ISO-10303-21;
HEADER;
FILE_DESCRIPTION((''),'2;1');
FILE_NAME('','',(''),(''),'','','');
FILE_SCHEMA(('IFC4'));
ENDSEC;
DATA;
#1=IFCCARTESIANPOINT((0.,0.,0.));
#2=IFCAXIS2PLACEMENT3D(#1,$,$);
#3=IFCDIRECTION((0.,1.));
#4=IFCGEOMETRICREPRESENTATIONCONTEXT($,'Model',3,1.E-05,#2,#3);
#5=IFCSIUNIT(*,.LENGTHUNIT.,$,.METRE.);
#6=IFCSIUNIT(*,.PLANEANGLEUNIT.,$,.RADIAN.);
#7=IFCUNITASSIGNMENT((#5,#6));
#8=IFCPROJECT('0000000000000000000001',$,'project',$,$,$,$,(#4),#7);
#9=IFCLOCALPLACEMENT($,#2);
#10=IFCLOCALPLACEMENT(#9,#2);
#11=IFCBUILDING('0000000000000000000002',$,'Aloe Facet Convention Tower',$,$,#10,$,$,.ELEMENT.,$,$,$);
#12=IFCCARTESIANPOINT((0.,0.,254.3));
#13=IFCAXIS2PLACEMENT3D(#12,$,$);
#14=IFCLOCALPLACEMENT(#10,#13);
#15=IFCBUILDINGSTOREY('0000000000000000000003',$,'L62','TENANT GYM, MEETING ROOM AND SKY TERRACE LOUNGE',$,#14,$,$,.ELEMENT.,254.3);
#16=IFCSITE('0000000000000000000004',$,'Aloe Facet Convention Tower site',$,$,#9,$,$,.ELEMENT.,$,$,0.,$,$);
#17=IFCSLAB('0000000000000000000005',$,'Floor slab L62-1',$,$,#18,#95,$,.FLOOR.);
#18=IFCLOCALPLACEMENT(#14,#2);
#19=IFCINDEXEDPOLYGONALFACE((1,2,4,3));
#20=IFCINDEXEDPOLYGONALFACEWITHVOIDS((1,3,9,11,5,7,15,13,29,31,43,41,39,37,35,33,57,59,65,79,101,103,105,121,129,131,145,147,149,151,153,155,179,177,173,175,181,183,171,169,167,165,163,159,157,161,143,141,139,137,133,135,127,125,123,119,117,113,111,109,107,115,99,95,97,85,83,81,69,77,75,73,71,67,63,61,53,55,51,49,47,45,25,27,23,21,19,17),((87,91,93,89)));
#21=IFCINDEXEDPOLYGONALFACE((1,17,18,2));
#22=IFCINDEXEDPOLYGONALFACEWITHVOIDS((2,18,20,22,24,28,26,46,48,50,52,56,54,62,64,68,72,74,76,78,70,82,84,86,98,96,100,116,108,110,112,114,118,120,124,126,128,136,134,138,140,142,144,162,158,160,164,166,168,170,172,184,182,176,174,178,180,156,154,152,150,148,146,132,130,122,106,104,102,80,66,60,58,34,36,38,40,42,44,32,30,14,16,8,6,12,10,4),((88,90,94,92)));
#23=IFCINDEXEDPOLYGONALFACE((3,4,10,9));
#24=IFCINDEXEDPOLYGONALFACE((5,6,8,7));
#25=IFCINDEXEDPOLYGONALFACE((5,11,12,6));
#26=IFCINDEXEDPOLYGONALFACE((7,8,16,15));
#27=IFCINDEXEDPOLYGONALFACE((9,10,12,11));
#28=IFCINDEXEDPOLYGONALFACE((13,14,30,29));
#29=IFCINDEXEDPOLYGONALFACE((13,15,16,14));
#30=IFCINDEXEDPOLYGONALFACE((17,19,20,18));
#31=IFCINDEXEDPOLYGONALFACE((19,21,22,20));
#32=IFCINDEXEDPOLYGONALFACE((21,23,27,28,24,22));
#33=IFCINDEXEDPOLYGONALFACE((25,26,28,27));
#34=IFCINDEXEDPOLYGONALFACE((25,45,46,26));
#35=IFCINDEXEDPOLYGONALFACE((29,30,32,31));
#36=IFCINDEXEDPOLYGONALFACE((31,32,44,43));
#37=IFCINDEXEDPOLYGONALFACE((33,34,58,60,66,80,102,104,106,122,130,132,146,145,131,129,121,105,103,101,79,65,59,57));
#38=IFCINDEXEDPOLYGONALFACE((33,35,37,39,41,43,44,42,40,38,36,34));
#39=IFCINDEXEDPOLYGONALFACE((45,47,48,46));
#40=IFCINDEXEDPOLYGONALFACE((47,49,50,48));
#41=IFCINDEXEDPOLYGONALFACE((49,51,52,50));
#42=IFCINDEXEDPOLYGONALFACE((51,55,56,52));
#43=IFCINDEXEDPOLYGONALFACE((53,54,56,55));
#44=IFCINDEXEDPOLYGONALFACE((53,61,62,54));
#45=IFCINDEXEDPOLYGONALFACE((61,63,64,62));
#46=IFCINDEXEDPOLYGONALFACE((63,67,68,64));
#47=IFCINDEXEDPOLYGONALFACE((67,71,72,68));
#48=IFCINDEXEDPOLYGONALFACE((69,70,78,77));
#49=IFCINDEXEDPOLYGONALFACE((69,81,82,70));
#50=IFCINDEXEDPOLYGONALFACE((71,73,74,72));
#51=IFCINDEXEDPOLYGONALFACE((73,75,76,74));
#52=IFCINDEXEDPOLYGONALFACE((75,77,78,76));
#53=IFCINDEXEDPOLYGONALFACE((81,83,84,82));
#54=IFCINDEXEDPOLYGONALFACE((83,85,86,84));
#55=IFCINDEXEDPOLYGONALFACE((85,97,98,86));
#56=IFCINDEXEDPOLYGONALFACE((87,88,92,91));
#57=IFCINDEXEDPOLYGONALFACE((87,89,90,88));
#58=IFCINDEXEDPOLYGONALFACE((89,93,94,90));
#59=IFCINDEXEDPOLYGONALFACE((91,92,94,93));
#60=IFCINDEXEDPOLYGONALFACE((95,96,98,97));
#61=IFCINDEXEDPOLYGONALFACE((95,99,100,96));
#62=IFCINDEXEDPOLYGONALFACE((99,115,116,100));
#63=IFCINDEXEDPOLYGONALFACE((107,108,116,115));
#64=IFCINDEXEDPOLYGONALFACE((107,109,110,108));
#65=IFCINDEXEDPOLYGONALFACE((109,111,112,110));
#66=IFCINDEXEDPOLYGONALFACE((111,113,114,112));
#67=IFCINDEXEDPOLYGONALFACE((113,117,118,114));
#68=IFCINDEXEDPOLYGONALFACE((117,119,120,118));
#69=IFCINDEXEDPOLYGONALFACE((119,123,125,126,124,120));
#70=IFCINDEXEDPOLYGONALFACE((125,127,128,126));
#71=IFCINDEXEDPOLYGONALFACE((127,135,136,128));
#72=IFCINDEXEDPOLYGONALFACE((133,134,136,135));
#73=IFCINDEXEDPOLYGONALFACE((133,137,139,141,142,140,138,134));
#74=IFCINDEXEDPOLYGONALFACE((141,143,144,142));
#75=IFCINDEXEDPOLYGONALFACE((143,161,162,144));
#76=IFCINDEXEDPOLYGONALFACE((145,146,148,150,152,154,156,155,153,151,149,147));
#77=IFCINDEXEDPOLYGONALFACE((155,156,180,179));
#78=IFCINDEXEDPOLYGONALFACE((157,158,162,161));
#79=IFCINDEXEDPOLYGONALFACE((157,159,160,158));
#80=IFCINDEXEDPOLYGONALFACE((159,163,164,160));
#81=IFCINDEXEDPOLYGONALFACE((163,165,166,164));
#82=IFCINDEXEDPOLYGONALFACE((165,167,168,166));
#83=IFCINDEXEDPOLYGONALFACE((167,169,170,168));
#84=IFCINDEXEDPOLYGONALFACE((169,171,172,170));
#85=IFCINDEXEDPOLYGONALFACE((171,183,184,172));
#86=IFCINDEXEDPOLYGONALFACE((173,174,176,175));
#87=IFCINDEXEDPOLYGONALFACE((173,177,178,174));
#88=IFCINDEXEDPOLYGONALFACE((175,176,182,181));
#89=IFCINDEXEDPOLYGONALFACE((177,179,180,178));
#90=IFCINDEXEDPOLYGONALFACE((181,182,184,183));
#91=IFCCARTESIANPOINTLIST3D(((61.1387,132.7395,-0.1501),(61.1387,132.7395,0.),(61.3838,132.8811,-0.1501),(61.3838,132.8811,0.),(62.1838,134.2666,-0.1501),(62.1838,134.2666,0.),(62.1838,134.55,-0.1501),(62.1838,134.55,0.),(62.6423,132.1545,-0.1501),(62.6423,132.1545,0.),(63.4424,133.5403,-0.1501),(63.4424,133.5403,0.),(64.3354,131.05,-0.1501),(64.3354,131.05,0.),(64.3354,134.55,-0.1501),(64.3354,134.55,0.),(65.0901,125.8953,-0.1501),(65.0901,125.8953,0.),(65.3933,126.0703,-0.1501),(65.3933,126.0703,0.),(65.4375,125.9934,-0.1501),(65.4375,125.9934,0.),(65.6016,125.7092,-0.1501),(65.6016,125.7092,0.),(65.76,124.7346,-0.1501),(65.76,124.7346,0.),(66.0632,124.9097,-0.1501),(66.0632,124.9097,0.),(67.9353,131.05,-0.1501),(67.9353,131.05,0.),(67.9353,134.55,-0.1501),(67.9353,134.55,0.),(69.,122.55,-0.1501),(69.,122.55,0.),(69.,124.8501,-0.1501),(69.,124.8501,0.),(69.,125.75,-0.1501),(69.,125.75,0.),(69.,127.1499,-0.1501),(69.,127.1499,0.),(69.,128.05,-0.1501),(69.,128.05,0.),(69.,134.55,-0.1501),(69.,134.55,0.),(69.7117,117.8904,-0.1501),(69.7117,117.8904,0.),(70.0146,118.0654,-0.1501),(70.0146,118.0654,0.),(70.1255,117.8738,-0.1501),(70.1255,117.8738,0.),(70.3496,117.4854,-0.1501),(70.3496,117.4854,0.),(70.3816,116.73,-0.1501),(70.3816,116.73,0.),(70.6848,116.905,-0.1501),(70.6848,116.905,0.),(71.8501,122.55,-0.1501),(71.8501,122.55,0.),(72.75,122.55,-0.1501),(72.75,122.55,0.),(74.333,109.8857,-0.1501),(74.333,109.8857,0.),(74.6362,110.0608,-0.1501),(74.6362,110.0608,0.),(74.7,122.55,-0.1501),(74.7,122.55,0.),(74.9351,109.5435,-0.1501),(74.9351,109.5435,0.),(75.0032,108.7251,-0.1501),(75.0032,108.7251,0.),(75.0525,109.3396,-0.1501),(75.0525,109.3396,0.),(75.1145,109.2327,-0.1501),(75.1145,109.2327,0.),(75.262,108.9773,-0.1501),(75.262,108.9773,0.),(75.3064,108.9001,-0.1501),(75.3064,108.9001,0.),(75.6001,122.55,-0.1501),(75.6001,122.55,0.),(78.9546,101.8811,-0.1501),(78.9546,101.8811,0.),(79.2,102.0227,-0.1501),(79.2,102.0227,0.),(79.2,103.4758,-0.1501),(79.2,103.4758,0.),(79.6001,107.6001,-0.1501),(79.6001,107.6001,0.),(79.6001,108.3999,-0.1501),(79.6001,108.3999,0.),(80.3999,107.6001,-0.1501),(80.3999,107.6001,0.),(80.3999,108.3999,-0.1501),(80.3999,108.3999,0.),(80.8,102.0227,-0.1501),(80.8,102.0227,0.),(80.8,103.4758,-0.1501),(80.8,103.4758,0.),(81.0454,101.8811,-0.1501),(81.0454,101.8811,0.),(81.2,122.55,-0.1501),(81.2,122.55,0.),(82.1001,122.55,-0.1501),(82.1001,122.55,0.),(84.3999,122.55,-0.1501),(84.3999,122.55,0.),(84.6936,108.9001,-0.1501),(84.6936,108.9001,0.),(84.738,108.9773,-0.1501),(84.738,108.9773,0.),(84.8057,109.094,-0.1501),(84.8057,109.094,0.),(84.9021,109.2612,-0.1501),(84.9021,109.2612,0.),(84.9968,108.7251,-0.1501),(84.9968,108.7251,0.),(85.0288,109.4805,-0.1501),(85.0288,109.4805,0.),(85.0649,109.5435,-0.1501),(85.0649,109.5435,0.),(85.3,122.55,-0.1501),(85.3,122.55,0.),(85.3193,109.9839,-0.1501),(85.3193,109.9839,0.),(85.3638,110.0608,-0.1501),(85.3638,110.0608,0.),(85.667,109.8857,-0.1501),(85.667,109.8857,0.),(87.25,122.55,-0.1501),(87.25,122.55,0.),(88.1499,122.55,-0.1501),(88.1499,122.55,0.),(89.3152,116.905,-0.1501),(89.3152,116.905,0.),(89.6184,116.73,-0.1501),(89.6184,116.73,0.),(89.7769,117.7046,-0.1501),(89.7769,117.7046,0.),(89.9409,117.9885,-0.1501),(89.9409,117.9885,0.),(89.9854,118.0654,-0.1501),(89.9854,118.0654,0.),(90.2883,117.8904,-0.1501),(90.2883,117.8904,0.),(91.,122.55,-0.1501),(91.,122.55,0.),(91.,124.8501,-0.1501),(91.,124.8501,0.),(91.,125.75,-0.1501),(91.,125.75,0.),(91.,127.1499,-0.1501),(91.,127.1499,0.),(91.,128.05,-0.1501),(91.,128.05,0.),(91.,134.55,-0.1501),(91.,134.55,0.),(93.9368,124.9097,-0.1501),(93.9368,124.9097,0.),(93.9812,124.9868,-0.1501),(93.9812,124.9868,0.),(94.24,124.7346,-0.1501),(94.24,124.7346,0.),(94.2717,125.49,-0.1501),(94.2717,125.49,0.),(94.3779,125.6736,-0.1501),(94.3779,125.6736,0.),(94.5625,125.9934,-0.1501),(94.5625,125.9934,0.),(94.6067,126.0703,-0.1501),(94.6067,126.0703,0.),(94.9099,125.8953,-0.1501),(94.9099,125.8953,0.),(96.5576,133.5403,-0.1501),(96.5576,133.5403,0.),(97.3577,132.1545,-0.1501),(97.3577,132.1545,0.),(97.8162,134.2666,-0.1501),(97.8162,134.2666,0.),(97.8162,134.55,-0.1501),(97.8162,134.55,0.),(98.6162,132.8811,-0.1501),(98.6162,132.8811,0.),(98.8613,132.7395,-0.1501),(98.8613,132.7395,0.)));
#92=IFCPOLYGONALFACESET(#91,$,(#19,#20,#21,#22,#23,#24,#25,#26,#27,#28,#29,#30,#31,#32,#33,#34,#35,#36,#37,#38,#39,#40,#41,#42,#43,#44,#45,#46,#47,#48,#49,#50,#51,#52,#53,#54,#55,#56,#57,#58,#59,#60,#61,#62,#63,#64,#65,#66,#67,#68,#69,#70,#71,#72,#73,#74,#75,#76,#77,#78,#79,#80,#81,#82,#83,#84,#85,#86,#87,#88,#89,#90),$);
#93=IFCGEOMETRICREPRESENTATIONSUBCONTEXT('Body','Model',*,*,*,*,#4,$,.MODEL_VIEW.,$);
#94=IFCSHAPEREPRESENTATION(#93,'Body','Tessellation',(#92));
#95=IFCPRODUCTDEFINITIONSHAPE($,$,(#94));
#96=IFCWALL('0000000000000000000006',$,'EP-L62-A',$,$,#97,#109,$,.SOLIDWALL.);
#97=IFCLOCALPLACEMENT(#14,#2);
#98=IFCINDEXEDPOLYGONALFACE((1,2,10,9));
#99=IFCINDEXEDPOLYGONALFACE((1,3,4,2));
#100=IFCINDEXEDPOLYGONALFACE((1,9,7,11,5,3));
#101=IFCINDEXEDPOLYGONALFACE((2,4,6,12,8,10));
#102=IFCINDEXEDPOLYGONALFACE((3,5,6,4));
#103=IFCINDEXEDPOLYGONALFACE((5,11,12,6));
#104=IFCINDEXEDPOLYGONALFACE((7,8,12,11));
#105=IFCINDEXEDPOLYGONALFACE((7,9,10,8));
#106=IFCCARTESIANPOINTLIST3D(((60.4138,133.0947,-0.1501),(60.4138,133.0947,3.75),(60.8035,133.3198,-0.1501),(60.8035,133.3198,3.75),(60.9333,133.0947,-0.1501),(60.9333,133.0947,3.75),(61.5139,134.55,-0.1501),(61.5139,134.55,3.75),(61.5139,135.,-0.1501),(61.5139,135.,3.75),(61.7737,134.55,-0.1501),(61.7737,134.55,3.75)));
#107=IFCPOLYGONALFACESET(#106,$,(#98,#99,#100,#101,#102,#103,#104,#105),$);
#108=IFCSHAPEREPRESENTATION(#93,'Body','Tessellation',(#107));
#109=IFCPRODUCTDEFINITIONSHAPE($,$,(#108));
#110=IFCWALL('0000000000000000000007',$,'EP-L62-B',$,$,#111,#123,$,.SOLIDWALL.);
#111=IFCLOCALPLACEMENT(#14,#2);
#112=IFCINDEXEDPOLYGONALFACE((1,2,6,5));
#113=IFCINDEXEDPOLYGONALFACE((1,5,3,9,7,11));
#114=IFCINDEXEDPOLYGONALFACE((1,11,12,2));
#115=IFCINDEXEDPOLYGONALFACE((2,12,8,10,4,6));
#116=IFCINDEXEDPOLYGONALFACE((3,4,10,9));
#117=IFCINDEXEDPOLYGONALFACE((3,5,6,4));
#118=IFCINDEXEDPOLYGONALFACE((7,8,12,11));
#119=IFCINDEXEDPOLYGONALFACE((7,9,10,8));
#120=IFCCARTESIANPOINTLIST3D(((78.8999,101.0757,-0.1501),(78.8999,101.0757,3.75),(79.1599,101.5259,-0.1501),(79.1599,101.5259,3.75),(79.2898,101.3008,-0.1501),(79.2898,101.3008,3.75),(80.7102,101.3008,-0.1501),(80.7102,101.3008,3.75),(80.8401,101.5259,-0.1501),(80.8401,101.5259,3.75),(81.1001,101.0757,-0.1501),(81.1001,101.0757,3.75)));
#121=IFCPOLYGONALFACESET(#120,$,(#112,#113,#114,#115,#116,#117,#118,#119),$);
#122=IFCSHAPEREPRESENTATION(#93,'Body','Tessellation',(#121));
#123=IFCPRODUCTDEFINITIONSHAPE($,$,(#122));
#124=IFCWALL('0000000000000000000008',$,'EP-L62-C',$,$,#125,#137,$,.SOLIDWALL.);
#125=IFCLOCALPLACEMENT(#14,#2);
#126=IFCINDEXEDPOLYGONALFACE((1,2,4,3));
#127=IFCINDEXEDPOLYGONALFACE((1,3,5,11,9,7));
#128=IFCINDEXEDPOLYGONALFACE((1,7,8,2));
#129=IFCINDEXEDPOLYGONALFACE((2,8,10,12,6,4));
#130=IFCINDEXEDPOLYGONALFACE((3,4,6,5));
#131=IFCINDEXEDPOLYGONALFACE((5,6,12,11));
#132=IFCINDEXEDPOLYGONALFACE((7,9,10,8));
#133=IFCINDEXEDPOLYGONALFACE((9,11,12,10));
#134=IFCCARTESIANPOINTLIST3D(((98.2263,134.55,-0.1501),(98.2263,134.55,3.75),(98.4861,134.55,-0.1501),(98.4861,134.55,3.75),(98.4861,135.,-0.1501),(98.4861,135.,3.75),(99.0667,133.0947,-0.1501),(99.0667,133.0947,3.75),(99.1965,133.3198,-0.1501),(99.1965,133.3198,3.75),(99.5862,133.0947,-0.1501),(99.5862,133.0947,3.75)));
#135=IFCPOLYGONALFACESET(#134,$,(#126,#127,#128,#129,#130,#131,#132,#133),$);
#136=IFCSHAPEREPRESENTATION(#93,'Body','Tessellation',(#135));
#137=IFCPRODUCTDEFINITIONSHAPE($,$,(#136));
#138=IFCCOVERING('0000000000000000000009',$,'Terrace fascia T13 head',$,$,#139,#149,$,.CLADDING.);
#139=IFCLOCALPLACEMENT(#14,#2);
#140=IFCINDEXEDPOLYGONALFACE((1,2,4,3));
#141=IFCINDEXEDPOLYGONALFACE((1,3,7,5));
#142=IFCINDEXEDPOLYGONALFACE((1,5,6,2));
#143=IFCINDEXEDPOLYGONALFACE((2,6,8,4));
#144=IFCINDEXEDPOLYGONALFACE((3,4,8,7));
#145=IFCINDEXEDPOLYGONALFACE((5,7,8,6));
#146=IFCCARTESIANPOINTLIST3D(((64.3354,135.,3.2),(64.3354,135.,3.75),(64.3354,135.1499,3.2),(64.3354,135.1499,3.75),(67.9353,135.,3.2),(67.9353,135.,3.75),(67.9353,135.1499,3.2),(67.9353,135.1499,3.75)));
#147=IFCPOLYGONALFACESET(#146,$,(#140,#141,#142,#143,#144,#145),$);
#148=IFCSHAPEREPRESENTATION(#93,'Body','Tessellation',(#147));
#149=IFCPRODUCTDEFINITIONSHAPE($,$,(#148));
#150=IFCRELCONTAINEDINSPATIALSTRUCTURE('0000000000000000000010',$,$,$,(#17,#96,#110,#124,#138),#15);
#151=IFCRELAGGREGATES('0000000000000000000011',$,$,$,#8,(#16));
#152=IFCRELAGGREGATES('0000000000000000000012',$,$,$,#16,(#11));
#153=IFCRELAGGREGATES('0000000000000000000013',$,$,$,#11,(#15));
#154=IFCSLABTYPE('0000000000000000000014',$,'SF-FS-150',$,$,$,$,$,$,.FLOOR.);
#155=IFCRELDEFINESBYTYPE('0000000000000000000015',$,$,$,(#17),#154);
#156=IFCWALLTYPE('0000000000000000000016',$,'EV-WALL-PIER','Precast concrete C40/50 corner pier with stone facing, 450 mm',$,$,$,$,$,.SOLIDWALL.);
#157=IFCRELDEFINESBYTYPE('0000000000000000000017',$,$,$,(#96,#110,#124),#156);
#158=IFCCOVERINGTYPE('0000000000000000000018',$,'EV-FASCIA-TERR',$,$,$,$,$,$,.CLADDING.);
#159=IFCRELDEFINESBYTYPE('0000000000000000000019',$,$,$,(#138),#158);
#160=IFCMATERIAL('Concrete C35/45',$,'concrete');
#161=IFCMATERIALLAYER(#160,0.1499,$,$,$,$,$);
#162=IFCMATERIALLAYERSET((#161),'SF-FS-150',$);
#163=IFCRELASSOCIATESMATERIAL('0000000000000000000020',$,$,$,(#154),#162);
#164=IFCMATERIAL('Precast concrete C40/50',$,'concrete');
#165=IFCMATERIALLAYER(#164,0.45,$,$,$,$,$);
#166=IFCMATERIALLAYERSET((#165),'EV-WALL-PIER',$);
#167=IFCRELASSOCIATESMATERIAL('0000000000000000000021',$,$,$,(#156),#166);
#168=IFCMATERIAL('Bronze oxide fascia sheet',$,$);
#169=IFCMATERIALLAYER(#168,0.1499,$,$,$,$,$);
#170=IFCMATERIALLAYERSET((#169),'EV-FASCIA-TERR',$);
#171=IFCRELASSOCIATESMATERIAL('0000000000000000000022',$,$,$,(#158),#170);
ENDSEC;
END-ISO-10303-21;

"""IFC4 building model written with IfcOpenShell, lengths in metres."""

from ifc_helpers import new_model, si_unit, direction, frame, origin, place, context, subcontext, project, spatial, polyline, outline, extrude, material, layer, layer_set, type_object, element, save


model = new_model("IFC4")

# Units and contexts
model_context = context("Model", 3, precision=1e-05, world=origin(), true_north=direction((0.0, 1.0)))
body_context = subcontext(model_context, "Body", "Model", "MODEL_VIEW")
ifc_project = project(units=[si_unit("LENGTHUNIT", "METRE"), si_unit("PLANEANGLEUNIT", "RADIAN")], contexts=[model_context])

# Site, building, storey
site_placement = place(None, origin())
site = spatial("IfcSite", under=ifc_project, at=site_placement, Name="Aloe Facet Convention Tower site", CompositionType="ELEMENT", RefElevation=0.0)
building_placement = place(site_placement, origin())
building = spatial("IfcBuilding", under=site, at=building_placement, Name="Aloe Facet Convention Tower", CompositionType="ELEMENT")
storey_placement = place(building_placement, frame((0.0, 0.0, 254.3)))
storey = spatial("IfcBuildingStorey", under=building, at=storey_placement, Name="L62", Description="TENANT GYM, MEETING ROOM AND SKY TERRACE LOUNGE", CompositionType="ELEMENT", Elevation=254.3)

# Slab
ifc_material_1 = material(Name="Concrete C35/45", Category="concrete")
ifc_layer_1 = layer(ifc_material_1, 0.1499)
ifc_layer_set_1 = layer_set([ifc_layer_1], Name="SF-FS-150")
slab_type_1 = type_object("IfcSlabType", Name="SF-FS-150", PredefinedType="FLOOR", material=ifc_layer_set_1)
slab_1_placement = place(storey_placement, frame((0.0, 0.0, -0.1501)))
element("IfcSlab", 1, at=slab_1_placement, inside=storey, type_object=slab_type_1, Name="Floor slab L62-1", PredefinedType="FLOOR", context=body_context, shape_type="SweptSolid", body=[
    extrude(outline(polyline([(94.9099, 125.8953), (94.6067, 126.0703), (94.5625, 125.9934), (94.3779, 125.6736), (94.2717, 125.49), (93.9812, 124.9868), (93.9368, 124.9097), (94.24, 124.7346), (90.2883, 117.8904), (89.9854, 118.0654), (89.9409, 117.9885), (89.7769, 117.7046), (89.3152, 116.905), (89.6184, 116.73), (85.667, 109.8857), (85.3638, 110.0608), (85.3193, 109.9839), (85.0649, 109.5435), (85.0288, 109.4805), (84.9021, 109.2612), (84.8057, 109.094), (84.738, 108.9773), (84.6936, 108.9001), (84.9968, 108.7251), (81.0454, 101.8811), (80.8, 102.0227), (80.8, 103.4758), (79.2, 103.4758), (79.2, 102.0227), (78.9546, 101.8811), (75.0032, 108.7251), (75.3064, 108.9001), (75.262, 108.9773), (75.1145, 109.2327), (75.0525, 109.3396), (74.9351, 109.5435), (74.6362, 110.0608), (74.333, 109.8857), (70.3816, 116.73), (70.6848, 116.905), (70.3496, 117.4854), (70.1255, 117.8738), (70.0146, 118.0654), (69.7117, 117.8904), (65.76, 124.7346), (66.0632, 124.9097), (65.6016, 125.7092), (65.4375, 125.9934), (65.4375, 125.9934), (65.3933, 126.0703), (65.0901, 125.8953), (61.1387, 132.7395), (61.3838, 132.8811), (62.6423, 132.1545), (63.4424, 133.5403), (62.1838, 134.2666), (62.1838, 134.55), (64.3354, 134.55), (64.3354, 131.05), (67.9353, 131.05), (67.9353, 134.55), (69.0, 134.55), (69.0, 128.05), (69.0, 127.1499), (69.0, 125.75), (69.0, 124.8501), (69.0, 122.55), (71.8501, 122.55), (72.75, 122.55), (74.7, 122.55), (75.6001, 122.55), (81.2, 122.55), (82.1001, 122.55), (84.3999, 122.55), (85.3, 122.55), (87.25, 122.55), (88.1499, 122.55), (91.0, 122.55), (91.0, 124.8501), (91.0, 125.75), (91.0, 127.1499), (91.0, 128.05), (91.0, 134.55), (97.8162, 134.55), (97.8162, 134.2666), (96.5576, 133.5403), (97.3577, 132.1545), (98.6162, 132.8811), (98.8613, 132.7395), (94.9099, 125.8953)]), holes=[polyline([(79.6001, 107.6001), (80.3999, 107.6001), (80.3999, 108.3999), (79.6001, 108.3999), (79.6001, 107.6001)])]), origin(), (0.0, 0.0, 1.0), 0.1501),
])

# Walls
ifc_material_2 = material(Name="Precast concrete C40/50", Category="concrete")
ifc_layer_2 = layer(ifc_material_2, 0.45)
ifc_layer_set_2 = layer_set([ifc_layer_2], Name="EV-WALL-PIER")
wall_type = type_object("IfcWallType", Name="EV-WALL-PIER", Description="Precast concrete C40/50 corner pier with stone facing, 450 mm", PredefinedType="SOLIDWALL", material=ifc_layer_set_2)
wall_1_placement = place(storey_placement, frame((0.0, 0.0, -0.1501)))
element("IfcWall", 2, at=wall_1_placement, inside=storey, type_object=wall_type, Name="EP-L62-A", PredefinedType="SOLIDWALL", context=body_context, shape_type="SweptSolid", body=[
    extrude(outline(polyline([(61.5139, 135.0), (61.5139, 134.55), (61.7737, 134.55), (60.9333, 133.0947), (60.8035, 133.3198), (60.4138, 133.0947), (61.5139, 135.0)])), origin(), (0.0, 0.0, 1.0), 3.9001),
])
wall_2_placement = place(storey_placement, frame((0.0, 0.0, -0.1501)))
element("IfcWall", 3, at=wall_2_placement, inside=storey, type_object=wall_type, Name="EP-L62-B", PredefinedType="SOLIDWALL", context=body_context, shape_type="SweptSolid", body=[
    extrude(outline(polyline([(78.8999, 101.0757), (79.2898, 101.3008), (79.1599, 101.5259), (80.8401, 101.5259), (80.7102, 101.3008), (81.1001, 101.0757), (78.8999, 101.0757)])), origin(), (0.0, 0.0, 1.0), 3.9001),
])
wall_3_placement = place(storey_placement, frame((0.0, 0.0, -0.1501)))
element("IfcWall", 4, at=wall_3_placement, inside=storey, type_object=wall_type, Name="EP-L62-C", PredefinedType="SOLIDWALL", context=body_context, shape_type="SweptSolid", body=[
    extrude(outline(polyline([(99.5862, 133.0947), (99.1965, 133.3198), (99.0667, 133.0947), (98.2263, 134.55), (98.4861, 134.55), (98.4861, 135.0), (99.5862, 133.0947)])), origin(), (0.0, 0.0, 1.0), 3.9001),
])

# Covering
ifc_material_3 = material(Name="Bronze oxide fascia sheet")
ifc_layer_3 = layer(ifc_material_3, 0.1499)
ifc_layer_set_3 = layer_set([ifc_layer_3], Name="EV-FASCIA-TERR")
covering_type = type_object("IfcCoveringType", Name="EV-FASCIA-TERR", PredefinedType="CLADDING", material=ifc_layer_set_3)
covering_placement = place(storey_placement, frame((0.0, 0.0, 3.2)))
element("IfcCovering", 5, at=covering_placement, inside=storey, type_object=covering_type, Name="Terrace fascia T13 head", PredefinedType="CLADDING", context=body_context, shape_type="SweptSolid", body=[
    extrude(outline(polyline([(67.9353, 135.1499), (64.3354, 135.1499), (64.3354, 135.0), (67.9353, 135.0), (67.9353, 135.1499)])), origin(), (0.0, 0.0, 1.0), 0.55),
])

save(model, "model.ifc")
